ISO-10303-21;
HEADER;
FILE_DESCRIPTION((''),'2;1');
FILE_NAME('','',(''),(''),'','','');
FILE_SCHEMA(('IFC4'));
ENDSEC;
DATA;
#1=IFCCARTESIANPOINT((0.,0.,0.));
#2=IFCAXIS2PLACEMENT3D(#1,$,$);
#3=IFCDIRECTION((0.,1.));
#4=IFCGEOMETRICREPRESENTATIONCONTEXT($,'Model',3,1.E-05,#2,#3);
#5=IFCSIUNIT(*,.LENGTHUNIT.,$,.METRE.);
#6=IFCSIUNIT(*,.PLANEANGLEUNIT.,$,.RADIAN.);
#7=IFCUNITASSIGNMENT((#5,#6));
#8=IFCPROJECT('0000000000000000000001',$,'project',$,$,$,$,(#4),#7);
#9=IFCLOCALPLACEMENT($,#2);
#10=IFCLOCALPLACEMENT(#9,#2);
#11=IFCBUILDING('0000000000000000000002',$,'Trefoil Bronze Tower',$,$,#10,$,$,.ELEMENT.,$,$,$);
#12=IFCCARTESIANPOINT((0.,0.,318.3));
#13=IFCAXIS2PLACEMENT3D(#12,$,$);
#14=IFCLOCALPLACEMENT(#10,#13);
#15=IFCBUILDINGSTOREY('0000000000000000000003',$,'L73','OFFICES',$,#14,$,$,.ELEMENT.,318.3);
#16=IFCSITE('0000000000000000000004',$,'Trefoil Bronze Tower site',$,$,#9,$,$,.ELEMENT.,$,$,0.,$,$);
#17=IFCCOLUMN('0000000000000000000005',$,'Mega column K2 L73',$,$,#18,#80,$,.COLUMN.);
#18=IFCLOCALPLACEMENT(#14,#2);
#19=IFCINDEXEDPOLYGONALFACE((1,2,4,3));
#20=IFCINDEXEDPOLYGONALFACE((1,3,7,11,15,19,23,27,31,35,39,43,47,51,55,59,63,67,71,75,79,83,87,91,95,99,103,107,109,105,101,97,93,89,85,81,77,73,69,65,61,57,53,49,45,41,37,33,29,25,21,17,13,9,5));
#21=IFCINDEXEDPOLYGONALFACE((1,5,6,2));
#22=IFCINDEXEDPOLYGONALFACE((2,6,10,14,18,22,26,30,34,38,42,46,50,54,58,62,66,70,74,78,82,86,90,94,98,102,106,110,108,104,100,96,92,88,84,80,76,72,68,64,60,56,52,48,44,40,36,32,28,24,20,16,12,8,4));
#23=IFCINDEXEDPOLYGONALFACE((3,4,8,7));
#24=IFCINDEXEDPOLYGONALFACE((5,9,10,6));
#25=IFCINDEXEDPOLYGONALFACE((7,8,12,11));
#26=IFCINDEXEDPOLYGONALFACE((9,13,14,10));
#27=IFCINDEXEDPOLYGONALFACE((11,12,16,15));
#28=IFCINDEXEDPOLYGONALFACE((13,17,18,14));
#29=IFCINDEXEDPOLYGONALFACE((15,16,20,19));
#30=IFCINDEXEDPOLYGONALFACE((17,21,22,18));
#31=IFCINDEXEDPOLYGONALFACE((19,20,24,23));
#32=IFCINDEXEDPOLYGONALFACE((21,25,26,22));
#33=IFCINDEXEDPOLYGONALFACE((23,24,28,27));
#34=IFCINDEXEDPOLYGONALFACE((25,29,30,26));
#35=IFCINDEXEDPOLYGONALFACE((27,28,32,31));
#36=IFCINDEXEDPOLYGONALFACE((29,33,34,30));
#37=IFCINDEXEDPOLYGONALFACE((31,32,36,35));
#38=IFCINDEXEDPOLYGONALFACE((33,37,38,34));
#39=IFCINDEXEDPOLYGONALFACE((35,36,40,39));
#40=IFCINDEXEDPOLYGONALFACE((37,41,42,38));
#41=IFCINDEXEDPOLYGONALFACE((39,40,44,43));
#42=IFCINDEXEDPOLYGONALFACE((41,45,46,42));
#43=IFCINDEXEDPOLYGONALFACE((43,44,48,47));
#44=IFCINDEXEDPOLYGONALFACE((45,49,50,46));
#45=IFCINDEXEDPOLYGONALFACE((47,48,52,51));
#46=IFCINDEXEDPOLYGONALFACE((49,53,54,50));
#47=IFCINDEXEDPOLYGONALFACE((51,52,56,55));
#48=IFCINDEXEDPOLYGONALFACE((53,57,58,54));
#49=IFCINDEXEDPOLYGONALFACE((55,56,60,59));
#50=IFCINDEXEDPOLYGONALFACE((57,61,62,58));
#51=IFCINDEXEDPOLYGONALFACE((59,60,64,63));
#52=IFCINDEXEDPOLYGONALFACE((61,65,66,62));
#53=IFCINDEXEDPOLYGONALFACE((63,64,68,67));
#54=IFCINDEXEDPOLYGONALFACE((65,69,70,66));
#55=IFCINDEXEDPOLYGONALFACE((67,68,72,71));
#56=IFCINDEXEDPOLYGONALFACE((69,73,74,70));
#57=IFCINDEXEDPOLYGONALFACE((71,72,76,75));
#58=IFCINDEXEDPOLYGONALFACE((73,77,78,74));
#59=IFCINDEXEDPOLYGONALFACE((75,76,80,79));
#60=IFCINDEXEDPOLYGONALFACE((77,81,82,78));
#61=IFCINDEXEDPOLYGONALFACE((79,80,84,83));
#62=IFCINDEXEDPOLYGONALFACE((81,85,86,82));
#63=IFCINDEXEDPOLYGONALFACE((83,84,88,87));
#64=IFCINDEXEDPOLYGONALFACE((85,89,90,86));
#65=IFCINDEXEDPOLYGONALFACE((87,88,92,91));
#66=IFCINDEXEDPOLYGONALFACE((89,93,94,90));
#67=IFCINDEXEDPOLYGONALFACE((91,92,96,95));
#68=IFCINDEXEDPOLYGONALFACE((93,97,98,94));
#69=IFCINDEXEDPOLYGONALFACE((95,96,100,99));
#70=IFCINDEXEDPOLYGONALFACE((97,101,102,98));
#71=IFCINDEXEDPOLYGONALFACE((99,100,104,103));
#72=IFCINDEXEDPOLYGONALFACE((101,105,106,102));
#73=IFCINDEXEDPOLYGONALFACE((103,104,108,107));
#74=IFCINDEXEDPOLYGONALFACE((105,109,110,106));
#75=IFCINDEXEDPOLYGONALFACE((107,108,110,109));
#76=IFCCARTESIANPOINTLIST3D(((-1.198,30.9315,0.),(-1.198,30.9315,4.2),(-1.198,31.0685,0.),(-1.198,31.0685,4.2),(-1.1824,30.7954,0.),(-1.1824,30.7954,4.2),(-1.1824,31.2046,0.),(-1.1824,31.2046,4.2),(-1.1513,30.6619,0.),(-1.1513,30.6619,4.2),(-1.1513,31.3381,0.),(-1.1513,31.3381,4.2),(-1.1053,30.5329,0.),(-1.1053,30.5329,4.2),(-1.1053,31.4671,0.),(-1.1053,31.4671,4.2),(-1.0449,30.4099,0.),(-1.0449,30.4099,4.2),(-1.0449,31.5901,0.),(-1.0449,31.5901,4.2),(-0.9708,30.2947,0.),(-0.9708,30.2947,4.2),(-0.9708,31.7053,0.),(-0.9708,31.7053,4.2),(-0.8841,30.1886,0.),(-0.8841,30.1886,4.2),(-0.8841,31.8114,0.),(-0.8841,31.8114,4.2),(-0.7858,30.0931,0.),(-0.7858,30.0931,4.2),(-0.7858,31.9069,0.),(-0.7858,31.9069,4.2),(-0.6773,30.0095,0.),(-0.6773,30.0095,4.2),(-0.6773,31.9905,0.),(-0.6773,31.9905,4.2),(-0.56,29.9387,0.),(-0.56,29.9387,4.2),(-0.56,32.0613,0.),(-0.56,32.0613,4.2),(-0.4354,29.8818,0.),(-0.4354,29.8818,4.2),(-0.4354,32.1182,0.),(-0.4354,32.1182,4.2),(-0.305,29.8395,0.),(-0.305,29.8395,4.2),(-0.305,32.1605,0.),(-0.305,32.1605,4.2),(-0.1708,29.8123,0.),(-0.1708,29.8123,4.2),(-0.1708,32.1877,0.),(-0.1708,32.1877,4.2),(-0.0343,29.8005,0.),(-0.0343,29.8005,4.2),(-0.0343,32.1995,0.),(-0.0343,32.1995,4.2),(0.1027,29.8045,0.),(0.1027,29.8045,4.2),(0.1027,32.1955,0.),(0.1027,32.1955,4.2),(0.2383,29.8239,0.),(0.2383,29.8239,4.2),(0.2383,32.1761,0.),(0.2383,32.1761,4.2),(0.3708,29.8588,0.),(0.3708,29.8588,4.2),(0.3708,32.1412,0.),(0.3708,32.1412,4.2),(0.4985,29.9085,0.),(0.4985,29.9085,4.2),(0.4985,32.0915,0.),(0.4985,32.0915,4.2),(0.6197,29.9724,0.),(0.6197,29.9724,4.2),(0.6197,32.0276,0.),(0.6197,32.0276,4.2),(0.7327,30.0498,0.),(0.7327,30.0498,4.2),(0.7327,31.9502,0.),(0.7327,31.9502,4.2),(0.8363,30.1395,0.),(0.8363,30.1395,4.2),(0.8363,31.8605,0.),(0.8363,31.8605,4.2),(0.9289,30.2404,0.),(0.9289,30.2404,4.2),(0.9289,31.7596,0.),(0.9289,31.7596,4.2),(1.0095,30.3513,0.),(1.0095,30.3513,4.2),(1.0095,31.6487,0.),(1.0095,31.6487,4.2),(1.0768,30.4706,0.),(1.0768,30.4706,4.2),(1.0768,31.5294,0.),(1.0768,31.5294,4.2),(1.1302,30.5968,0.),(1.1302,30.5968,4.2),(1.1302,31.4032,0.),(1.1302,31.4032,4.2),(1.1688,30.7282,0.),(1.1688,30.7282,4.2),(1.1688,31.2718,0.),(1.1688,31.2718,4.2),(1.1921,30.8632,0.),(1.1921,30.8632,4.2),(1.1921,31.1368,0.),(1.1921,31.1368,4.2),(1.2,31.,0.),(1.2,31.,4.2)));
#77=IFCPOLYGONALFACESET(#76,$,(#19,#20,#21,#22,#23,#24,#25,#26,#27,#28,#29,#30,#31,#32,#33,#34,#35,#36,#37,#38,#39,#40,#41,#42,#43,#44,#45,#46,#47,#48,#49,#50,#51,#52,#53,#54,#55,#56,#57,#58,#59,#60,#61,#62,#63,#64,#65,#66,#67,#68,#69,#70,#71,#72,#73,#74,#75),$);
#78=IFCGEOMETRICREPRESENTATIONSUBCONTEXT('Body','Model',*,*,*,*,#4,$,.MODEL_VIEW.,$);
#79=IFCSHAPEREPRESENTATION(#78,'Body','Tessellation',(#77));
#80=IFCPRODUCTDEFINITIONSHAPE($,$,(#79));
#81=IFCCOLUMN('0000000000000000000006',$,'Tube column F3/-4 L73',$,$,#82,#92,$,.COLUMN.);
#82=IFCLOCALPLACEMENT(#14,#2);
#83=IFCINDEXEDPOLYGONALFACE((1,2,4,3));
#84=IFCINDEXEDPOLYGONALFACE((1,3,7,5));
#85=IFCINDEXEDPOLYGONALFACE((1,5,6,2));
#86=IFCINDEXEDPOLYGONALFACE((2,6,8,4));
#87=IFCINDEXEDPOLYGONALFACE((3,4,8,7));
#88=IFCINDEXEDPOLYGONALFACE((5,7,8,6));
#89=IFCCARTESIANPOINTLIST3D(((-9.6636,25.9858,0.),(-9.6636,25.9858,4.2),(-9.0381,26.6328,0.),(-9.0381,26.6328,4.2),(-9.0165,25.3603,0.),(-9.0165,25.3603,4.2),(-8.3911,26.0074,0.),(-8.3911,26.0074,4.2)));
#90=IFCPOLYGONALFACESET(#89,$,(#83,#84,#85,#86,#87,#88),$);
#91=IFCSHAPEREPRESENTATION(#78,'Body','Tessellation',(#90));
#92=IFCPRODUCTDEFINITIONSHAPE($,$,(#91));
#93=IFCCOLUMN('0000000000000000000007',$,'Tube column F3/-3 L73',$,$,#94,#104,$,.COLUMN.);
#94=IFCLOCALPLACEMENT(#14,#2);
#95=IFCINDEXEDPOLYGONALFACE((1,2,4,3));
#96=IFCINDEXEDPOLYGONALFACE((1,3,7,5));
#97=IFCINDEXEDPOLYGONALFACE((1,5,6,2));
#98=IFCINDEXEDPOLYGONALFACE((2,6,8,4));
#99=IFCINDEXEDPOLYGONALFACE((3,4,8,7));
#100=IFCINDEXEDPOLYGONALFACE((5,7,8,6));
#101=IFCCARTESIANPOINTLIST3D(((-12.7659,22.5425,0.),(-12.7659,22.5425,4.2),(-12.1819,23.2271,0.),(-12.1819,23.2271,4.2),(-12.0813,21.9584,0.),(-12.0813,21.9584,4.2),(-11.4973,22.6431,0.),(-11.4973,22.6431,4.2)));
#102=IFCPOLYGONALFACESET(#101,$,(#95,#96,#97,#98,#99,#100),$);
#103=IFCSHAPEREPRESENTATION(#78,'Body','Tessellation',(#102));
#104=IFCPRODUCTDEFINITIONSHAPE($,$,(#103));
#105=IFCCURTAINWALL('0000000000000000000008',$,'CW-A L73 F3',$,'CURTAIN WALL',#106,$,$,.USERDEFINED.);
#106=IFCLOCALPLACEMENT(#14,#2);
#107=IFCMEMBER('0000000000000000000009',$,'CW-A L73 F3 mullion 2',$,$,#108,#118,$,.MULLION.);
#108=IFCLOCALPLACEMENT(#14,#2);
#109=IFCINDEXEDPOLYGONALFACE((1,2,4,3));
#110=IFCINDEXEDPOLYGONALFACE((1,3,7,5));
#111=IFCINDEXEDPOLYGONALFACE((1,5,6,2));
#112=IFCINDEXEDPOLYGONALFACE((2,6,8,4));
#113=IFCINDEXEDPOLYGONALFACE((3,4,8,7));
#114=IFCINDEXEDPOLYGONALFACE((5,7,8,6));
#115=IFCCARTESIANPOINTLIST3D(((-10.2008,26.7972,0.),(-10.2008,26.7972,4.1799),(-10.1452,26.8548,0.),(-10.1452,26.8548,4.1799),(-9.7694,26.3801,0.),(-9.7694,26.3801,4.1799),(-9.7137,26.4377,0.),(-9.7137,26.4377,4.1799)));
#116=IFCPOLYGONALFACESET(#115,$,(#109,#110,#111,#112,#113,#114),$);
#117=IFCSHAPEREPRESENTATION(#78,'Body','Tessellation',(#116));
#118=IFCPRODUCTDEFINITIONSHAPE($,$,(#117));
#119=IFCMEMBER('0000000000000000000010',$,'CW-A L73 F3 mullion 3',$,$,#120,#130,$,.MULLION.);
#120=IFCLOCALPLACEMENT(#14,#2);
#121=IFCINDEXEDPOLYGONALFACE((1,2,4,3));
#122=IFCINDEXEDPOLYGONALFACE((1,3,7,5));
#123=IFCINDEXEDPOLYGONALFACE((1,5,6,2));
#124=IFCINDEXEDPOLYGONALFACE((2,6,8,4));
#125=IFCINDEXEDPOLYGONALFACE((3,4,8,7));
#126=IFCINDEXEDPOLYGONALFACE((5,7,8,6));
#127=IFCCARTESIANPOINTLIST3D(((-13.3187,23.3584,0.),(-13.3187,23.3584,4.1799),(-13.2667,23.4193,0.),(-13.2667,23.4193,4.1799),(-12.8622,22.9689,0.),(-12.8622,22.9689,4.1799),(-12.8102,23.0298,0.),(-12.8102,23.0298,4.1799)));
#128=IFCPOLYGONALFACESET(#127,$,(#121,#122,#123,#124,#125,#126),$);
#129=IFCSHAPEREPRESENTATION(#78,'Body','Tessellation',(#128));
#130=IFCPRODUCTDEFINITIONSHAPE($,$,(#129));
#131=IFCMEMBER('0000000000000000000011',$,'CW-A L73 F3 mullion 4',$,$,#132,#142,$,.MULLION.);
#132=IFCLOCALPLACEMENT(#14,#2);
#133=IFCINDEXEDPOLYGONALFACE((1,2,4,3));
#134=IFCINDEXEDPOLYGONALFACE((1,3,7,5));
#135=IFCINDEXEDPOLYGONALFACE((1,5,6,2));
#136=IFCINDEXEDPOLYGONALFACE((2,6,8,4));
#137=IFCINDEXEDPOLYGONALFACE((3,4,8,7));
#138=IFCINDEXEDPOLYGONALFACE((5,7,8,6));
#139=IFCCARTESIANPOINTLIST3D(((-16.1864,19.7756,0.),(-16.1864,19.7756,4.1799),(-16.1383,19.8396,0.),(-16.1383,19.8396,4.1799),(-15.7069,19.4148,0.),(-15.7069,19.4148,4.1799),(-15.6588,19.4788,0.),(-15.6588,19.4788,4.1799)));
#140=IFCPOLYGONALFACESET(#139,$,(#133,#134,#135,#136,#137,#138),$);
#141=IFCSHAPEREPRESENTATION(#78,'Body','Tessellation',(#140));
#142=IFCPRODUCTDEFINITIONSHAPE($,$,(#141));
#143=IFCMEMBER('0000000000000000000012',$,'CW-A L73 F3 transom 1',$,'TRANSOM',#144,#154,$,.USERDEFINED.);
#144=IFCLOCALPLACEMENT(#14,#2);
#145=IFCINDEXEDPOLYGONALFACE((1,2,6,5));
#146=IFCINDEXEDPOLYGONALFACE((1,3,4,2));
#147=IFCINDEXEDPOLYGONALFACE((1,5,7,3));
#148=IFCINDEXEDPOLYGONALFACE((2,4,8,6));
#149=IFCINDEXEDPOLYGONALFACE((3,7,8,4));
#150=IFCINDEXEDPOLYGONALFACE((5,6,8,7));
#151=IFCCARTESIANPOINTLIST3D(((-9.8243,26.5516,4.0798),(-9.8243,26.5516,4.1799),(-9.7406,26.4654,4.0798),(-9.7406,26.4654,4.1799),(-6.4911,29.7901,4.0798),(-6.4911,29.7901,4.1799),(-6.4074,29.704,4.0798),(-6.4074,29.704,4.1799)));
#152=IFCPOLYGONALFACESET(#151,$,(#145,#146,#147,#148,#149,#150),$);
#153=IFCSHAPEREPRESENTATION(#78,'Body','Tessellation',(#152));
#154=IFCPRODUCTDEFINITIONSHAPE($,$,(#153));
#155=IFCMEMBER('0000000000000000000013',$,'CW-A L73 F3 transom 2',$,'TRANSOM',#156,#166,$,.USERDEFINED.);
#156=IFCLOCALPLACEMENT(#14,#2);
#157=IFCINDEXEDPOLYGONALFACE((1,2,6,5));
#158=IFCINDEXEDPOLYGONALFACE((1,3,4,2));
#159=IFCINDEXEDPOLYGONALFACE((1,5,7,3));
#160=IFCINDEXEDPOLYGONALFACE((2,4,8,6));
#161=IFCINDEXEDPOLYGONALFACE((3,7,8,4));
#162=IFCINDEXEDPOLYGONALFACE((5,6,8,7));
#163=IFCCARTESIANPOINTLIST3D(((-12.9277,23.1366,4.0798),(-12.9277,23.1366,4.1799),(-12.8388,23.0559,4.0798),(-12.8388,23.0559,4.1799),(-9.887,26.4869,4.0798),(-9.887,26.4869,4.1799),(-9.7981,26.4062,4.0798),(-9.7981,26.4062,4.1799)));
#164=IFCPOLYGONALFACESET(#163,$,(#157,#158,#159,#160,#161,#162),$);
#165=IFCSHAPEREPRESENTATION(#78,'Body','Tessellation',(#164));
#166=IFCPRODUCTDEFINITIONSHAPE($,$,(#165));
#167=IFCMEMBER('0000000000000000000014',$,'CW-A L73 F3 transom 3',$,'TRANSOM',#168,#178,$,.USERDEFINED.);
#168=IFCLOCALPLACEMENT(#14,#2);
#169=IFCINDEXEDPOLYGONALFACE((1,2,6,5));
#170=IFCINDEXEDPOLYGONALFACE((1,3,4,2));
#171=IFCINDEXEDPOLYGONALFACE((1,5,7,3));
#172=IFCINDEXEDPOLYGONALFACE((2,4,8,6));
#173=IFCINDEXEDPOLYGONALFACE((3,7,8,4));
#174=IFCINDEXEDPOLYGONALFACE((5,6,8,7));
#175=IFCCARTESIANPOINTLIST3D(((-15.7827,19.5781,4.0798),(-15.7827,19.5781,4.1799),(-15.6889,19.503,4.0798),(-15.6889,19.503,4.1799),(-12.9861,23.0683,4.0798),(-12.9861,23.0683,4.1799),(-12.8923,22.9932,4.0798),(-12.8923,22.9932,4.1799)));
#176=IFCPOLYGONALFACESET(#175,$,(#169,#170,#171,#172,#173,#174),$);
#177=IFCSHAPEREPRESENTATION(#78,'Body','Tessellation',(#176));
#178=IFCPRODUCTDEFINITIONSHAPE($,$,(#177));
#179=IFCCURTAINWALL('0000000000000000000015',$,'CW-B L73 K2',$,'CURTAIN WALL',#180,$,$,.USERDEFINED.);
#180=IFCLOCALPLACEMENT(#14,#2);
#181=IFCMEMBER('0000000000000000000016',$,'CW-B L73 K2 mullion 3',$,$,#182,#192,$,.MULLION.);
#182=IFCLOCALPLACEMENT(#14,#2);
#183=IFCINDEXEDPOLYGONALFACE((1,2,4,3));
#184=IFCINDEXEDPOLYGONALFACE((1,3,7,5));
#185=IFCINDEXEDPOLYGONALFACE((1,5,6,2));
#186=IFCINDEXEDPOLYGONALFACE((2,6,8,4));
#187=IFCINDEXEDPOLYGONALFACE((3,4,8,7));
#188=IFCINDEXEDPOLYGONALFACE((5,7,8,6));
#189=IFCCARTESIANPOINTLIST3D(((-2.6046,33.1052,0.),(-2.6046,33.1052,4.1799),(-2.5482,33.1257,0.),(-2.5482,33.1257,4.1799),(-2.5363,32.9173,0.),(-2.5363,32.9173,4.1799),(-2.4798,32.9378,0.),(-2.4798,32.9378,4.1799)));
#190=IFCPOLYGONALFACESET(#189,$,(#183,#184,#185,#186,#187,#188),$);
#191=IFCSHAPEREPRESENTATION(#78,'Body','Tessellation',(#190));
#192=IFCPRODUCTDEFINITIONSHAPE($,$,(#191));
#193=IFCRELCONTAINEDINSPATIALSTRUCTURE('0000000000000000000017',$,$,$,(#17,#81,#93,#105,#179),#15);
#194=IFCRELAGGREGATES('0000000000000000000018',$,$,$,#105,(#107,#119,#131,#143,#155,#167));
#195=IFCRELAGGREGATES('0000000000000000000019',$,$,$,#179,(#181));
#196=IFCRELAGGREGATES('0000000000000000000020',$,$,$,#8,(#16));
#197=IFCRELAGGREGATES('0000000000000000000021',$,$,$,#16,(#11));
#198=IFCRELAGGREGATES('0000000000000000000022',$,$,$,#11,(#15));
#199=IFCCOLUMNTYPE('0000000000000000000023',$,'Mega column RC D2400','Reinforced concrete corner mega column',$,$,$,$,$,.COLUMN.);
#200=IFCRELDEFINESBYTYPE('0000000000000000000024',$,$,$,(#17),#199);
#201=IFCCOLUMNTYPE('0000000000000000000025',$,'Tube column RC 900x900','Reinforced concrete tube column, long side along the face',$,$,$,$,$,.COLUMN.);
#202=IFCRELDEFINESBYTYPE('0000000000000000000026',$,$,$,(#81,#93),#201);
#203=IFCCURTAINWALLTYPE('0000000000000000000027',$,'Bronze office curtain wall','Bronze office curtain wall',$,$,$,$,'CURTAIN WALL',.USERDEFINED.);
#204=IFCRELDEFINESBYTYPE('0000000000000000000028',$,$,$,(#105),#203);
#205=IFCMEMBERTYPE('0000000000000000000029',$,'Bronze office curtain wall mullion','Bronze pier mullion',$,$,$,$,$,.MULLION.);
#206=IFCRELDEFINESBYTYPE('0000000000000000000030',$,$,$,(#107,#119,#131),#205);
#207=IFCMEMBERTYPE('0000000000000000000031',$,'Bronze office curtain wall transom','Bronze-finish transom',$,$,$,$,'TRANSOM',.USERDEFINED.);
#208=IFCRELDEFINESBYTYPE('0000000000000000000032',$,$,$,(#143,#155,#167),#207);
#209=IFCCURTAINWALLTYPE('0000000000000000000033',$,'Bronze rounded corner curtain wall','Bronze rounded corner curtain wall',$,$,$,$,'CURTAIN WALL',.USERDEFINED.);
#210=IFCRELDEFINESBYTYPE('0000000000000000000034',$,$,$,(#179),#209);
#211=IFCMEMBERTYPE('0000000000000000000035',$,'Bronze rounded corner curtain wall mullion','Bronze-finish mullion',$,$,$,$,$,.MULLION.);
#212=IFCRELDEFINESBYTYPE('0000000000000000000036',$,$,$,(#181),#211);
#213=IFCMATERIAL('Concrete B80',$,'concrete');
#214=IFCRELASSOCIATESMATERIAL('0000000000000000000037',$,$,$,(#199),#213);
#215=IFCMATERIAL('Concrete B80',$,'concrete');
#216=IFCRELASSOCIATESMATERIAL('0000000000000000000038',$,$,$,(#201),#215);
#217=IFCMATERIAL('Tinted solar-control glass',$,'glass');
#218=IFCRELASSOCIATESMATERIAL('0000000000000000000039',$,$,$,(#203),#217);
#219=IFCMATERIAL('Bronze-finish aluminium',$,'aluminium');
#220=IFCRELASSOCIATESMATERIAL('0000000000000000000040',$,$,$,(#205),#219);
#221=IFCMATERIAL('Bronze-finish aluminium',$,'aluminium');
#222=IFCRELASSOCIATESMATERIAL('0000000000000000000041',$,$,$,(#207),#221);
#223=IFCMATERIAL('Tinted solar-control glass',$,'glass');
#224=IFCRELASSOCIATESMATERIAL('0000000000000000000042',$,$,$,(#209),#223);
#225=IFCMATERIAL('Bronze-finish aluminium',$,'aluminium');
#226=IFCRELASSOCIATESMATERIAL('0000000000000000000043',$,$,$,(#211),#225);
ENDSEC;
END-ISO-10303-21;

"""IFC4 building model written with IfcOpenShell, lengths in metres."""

from ifc_helpers import new_model, si_unit, direction, frame, origin, origin_2d, place, context, subcontext, project, spatial, rectangle, circle, extrude, material, material_profile, profile_set, type_object, element, aggregate, save


model = new_model("IFC4")

# Units and contexts
model_context = context("Model", 3, precision=1e-05, world=origin(), true_north=direction((0.0, 1.0)))
body_context = subcontext(model_context, "Body", "Model", "MODEL_VIEW")
ifc_project = project(units=[si_unit("LENGTHUNIT", "METRE"), si_unit("PLANEANGLEUNIT", "RADIAN")], contexts=[model_context])

# Site, building, storey
site_placement = place(None, origin())
site = spatial("IfcSite", under=ifc_project, at=site_placement, Name="Trefoil Bronze Tower site", CompositionType="ELEMENT", RefElevation=0.0)
building_placement = place(site_placement, origin())
building = spatial("IfcBuilding", under=site, at=building_placement, Name="Trefoil Bronze Tower", CompositionType="ELEMENT")
storey_placement = place(building_placement, frame((0.0, 0.0, 318.3)))
storey = spatial("IfcBuildingStorey", under=building, at=storey_placement, Name="L73", Description="OFFICES", CompositionType="ELEMENT", Elevation=318.3)

# Columns
ifc_material_1 = material(Name="Concrete B80", Category="concrete")
ifc_material_profile_1 = material_profile(ifc_material_1, circle(Radius=1.2, at=origin_2d()), Name="RC D2400")
ifc_profile_set_1 = profile_set([ifc_material_profile_1], Name="Concrete B80")
column_type_1 = type_object("IfcColumnType", Name="Mega column RC D2400", Description="Reinforced concrete corner mega column", PredefinedType="COLUMN", material=ifc_profile_set_1)
column_placement = place(storey_placement, frame((0.0, 31.0, 0.0), z_axis=(0.0, 0.0, 1.0), x_axis=(1.0, 0.0, 0.0)))
element("IfcColumn", 1, at=column_placement, inside=storey, type_object=column_type_1, Name="Mega column K2 L73", PredefinedType="COLUMN", context=body_context, shape_type="SweptSolid", body=[
    extrude(circle(Radius=1.2, at=origin_2d()), origin(), (0.0, 0.0, 1.0), 4.2),
])
ifc_material_2 = material(Name="Concrete B80", Category="concrete")
ifc_material_profile_2 = material_profile(ifc_material_2, rectangle(XDim=0.8999, YDim=0.8999, at=origin_2d()), Name="RC 900x900")
ifc_profile_set_2 = profile_set([ifc_material_profile_2], Name="Concrete B80")
column_type_2 = type_object("IfcColumnType", Name="Tube column RC 900x900", Description="Reinforced concrete tube column, long side along the face", PredefinedType="COLUMN", material=ifc_profile_set_2)
for number, where, z_axis, x_axis, name in (
    (2, (-9.0273, 25.9966, 0.0), (0.0, 0.0, 1.0), (-0.695009, -0.719001, 0.0), "Tube column F3/-4 L73"),
    (3, (-12.1316, 22.5928, 0.0), (0.0, 0.0, 1.0), (-0.649008, -0.760781, 0.0), "Tube column F3/-3 L73"),
):
    element("IfcColumn", number, at=place(storey_placement, frame(where, z_axis=z_axis, x_axis=x_axis)), inside=storey, type_object=column_type_2, Name=name, PredefinedType="COLUMN", context=body_context, shape_type="SweptSolid", body=[
        extrude(rectangle(XDim=0.8999, YDim=0.8999, at=origin_2d()), origin(), (0.0, 0.0, 1.0), 4.2),
    ])

# Curtain walls, members
ifc_material_3 = material(Name="Tinted solar-control glass", Category="glass")
curtain_wall_type_1 = type_object("IfcCurtainWallType", Name="Bronze office curtain wall", Description="Bronze office curtain wall", ElementType="CURTAIN WALL", PredefinedType="USERDEFINED", material=ifc_material_3)
curtain_wall_1_placement = place(storey_placement, origin())
curtain_wall_1 = element("IfcCurtainWall", 4, at=curtain_wall_1_placement, inside=storey, type_object=curtain_wall_type_1, Name="CW-A L73 F3", ObjectType="CURTAIN WALL", PredefinedType="USERDEFINED")
ifc_material_4 = material(Name="Bronze-finish aluminium", Category="aluminium")
ifc_material_profile_3 = material_profile(ifc_material_4, rectangle(XDim=0.6001, YDim=0.0801, at=origin_2d()), Name="CW-A mullion")
ifc_profile_set_3 = profile_set([ifc_material_profile_3], Name="Bronze-finish aluminium")
member_type_1 = type_object("IfcMemberType", Name="Bronze office curtain wall mullion", Description="Bronze pier mullion", PredefinedType="MULLION", material=ifc_profile_set_3)
member_1_placement = place(storey_placement, frame((-9.9573, 26.6174, 0.0), z_axis=(0.0, 0.0, 1.0), x_axis=(0.719001, -0.695009, 0.0)))
member_1 = element("IfcMember", 5, at=member_1_placement, type_object=member_type_1, Name="CW-A L73 F3 mullion 2", PredefinedType="MULLION", context=body_context, shape_type="SweptSolid", body=[
    extrude(rectangle(XDim=0.6001, YDim=0.0801, at=origin_2d()), origin(), (0.0, 0.0, 1.0), 4.1799),
])
member_2_placement = place(storey_placement, frame((-13.0645, 23.1941, 0.0), z_axis=(0.0, 0.0, 1.0), x_axis=(0.760781, -0.649008, 0.0)))
member_2 = element("IfcMember", 6, at=member_2_placement, type_object=member_type_1, Name="CW-A L73 F3 mullion 3", PredefinedType="MULLION", context=body_context, shape_type="SweptSolid", body=[
    extrude(rectangle(XDim=0.6001, YDim=0.0801, at=origin_2d()), origin(), (0.0, 0.0, 1.0), 4.1799),
])
member_3_placement = place(storey_placement, frame((-15.9226, 19.6272, 0.0), z_axis=(0.0, 0.0, 1.0), x_axis=(0.799096, -0.601203, 0.0)))
member_3 = element("IfcMember", 7, at=member_3_placement, type_object=member_type_1, Name="CW-A L73 F3 mullion 4", PredefinedType="MULLION", context=body_context, shape_type="SweptSolid", body=[
    extrude(rectangle(XDim=0.6001, YDim=0.0801, at=origin_2d()), origin(), (0.0, 0.0, 1.0), 4.1799),
])
ifc_material_5 = material(Name="Bronze-finish aluminium", Category="aluminium")
ifc_material_profile_4 = material_profile(ifc_material_5, rectangle(XDim=0.1201, YDim=0.1001, at=origin_2d()), Name="CW-A transom")
ifc_profile_set_4 = profile_set([ifc_material_profile_4], Name="Bronze-finish aluminium")
member_type_2 = type_object("IfcMemberType", Name="Bronze office curtain wall transom", Description="Bronze-finish transom", ElementType="TRANSOM", PredefinedType="USERDEFINED", material=ifc_profile_set_4)
member_4_placement = place(storey_placement, frame((-6.4492, 29.7471, 4.1299), z_axis=(-0.717225, -0.696842, 0.0), x_axis=(0.696842, -0.717225, 0.0)))
member_4 = element("IfcMember", 8, at=member_4_placement, type_object=member_type_2, Name="CW-A L73 F3 transom 1", ObjectType="TRANSOM", PredefinedType="USERDEFINED", context=body_context, shape_type="SweptSolid", body=[
    extrude(rectangle(XDim=0.1201, YDim=0.1001, at=origin_2d()), origin(), (0.0, 0.0, 1.0), 4.6475),
])
member_5_placement = place(storey_placement, frame((-9.8425, 26.4465, 4.1299), z_axis=(-0.672068, -0.740489, 0.0), x_axis=(0.740489, -0.672068, 0.0)))
member_5 = element("IfcMember", 9, at=member_5_placement, type_object=member_type_2, Name="CW-A L73 F3 transom 2", ObjectType="TRANSOM", PredefinedType="USERDEFINED", context=body_context, shape_type="SweptSolid", body=[
    extrude(rectangle(XDim=0.1201, YDim=0.1001, at=origin_2d()), origin(), (0.0, 0.0, 1.0), 4.5244),
])
member_6_placement = place(storey_placement, frame((-12.9392, 23.0308, 4.1299), z_axis=(-0.625301, -0.780384, 0.0), x_axis=(0.780384, -0.625301, 0.0)))
member_6 = element("IfcMember", 10, at=member_6_placement, type_object=member_type_2, Name="CW-A L73 F3 transom 3", ObjectType="TRANSOM", PredefinedType="USERDEFINED", context=body_context, shape_type="SweptSolid", body=[
    extrude(rectangle(XDim=0.1201, YDim=0.1001, at=origin_2d()), origin(), (0.0, 0.0, 1.0), 4.4724),
])
ifc_material_6 = material(Name="Tinted solar-control glass", Category="glass")
curtain_wall_type_2 = type_object("IfcCurtainWallType", Name="Bronze rounded corner curtain wall", Description="Bronze rounded corner curtain wall", ElementType="CURTAIN WALL", PredefinedType="USERDEFINED", material=ifc_material_6)
curtain_wall_2_placement = place(storey_placement, origin())
curtain_wall_2 = element("IfcCurtainWall", 11, at=curtain_wall_2_placement, inside=storey, type_object=curtain_wall_type_2, Name="CW-B L73 K2", ObjectType="CURTAIN WALL", PredefinedType="USERDEFINED")
ifc_material_7 = material(Name="Bronze-finish aluminium", Category="aluminium")
ifc_material_profile_5 = material_profile(ifc_material_7, rectangle(XDim=0.2, YDim=0.0601, at=origin_2d()), Name="CW-B mullion")
ifc_profile_set_5 = profile_set([ifc_material_profile_5], Name="Bronze-finish aluminium")
member_type_3 = type_object("IfcMemberType", Name="Bronze rounded corner curtain wall mullion", Description="Bronze-finish mullion", PredefinedType="MULLION", material=ifc_profile_set_5)
member_7_placement = place(storey_placement, frame((-2.5422, 33.0215, 0.0), z_axis=(0.0, 0.0, 1.0), x_axis=(0.34202, -0.939693, 0.0)))
member_7 = element("IfcMember", 12, at=member_7_placement, type_object=member_type_3, Name="CW-B L73 K2 mullion 3", PredefinedType="MULLION", context=body_context, shape_type="SweptSolid", body=[
    extrude(rectangle(XDim=0.2, YDim=0.0601, at=origin_2d()), origin(), (0.0, 0.0, 1.0), 4.1799),
])

aggregate(curtain_wall_1, [member_1, member_2, member_3, member_4, member_5, member_6])
aggregate(curtain_wall_2, [member_7])

save(model, "model.ifc")
